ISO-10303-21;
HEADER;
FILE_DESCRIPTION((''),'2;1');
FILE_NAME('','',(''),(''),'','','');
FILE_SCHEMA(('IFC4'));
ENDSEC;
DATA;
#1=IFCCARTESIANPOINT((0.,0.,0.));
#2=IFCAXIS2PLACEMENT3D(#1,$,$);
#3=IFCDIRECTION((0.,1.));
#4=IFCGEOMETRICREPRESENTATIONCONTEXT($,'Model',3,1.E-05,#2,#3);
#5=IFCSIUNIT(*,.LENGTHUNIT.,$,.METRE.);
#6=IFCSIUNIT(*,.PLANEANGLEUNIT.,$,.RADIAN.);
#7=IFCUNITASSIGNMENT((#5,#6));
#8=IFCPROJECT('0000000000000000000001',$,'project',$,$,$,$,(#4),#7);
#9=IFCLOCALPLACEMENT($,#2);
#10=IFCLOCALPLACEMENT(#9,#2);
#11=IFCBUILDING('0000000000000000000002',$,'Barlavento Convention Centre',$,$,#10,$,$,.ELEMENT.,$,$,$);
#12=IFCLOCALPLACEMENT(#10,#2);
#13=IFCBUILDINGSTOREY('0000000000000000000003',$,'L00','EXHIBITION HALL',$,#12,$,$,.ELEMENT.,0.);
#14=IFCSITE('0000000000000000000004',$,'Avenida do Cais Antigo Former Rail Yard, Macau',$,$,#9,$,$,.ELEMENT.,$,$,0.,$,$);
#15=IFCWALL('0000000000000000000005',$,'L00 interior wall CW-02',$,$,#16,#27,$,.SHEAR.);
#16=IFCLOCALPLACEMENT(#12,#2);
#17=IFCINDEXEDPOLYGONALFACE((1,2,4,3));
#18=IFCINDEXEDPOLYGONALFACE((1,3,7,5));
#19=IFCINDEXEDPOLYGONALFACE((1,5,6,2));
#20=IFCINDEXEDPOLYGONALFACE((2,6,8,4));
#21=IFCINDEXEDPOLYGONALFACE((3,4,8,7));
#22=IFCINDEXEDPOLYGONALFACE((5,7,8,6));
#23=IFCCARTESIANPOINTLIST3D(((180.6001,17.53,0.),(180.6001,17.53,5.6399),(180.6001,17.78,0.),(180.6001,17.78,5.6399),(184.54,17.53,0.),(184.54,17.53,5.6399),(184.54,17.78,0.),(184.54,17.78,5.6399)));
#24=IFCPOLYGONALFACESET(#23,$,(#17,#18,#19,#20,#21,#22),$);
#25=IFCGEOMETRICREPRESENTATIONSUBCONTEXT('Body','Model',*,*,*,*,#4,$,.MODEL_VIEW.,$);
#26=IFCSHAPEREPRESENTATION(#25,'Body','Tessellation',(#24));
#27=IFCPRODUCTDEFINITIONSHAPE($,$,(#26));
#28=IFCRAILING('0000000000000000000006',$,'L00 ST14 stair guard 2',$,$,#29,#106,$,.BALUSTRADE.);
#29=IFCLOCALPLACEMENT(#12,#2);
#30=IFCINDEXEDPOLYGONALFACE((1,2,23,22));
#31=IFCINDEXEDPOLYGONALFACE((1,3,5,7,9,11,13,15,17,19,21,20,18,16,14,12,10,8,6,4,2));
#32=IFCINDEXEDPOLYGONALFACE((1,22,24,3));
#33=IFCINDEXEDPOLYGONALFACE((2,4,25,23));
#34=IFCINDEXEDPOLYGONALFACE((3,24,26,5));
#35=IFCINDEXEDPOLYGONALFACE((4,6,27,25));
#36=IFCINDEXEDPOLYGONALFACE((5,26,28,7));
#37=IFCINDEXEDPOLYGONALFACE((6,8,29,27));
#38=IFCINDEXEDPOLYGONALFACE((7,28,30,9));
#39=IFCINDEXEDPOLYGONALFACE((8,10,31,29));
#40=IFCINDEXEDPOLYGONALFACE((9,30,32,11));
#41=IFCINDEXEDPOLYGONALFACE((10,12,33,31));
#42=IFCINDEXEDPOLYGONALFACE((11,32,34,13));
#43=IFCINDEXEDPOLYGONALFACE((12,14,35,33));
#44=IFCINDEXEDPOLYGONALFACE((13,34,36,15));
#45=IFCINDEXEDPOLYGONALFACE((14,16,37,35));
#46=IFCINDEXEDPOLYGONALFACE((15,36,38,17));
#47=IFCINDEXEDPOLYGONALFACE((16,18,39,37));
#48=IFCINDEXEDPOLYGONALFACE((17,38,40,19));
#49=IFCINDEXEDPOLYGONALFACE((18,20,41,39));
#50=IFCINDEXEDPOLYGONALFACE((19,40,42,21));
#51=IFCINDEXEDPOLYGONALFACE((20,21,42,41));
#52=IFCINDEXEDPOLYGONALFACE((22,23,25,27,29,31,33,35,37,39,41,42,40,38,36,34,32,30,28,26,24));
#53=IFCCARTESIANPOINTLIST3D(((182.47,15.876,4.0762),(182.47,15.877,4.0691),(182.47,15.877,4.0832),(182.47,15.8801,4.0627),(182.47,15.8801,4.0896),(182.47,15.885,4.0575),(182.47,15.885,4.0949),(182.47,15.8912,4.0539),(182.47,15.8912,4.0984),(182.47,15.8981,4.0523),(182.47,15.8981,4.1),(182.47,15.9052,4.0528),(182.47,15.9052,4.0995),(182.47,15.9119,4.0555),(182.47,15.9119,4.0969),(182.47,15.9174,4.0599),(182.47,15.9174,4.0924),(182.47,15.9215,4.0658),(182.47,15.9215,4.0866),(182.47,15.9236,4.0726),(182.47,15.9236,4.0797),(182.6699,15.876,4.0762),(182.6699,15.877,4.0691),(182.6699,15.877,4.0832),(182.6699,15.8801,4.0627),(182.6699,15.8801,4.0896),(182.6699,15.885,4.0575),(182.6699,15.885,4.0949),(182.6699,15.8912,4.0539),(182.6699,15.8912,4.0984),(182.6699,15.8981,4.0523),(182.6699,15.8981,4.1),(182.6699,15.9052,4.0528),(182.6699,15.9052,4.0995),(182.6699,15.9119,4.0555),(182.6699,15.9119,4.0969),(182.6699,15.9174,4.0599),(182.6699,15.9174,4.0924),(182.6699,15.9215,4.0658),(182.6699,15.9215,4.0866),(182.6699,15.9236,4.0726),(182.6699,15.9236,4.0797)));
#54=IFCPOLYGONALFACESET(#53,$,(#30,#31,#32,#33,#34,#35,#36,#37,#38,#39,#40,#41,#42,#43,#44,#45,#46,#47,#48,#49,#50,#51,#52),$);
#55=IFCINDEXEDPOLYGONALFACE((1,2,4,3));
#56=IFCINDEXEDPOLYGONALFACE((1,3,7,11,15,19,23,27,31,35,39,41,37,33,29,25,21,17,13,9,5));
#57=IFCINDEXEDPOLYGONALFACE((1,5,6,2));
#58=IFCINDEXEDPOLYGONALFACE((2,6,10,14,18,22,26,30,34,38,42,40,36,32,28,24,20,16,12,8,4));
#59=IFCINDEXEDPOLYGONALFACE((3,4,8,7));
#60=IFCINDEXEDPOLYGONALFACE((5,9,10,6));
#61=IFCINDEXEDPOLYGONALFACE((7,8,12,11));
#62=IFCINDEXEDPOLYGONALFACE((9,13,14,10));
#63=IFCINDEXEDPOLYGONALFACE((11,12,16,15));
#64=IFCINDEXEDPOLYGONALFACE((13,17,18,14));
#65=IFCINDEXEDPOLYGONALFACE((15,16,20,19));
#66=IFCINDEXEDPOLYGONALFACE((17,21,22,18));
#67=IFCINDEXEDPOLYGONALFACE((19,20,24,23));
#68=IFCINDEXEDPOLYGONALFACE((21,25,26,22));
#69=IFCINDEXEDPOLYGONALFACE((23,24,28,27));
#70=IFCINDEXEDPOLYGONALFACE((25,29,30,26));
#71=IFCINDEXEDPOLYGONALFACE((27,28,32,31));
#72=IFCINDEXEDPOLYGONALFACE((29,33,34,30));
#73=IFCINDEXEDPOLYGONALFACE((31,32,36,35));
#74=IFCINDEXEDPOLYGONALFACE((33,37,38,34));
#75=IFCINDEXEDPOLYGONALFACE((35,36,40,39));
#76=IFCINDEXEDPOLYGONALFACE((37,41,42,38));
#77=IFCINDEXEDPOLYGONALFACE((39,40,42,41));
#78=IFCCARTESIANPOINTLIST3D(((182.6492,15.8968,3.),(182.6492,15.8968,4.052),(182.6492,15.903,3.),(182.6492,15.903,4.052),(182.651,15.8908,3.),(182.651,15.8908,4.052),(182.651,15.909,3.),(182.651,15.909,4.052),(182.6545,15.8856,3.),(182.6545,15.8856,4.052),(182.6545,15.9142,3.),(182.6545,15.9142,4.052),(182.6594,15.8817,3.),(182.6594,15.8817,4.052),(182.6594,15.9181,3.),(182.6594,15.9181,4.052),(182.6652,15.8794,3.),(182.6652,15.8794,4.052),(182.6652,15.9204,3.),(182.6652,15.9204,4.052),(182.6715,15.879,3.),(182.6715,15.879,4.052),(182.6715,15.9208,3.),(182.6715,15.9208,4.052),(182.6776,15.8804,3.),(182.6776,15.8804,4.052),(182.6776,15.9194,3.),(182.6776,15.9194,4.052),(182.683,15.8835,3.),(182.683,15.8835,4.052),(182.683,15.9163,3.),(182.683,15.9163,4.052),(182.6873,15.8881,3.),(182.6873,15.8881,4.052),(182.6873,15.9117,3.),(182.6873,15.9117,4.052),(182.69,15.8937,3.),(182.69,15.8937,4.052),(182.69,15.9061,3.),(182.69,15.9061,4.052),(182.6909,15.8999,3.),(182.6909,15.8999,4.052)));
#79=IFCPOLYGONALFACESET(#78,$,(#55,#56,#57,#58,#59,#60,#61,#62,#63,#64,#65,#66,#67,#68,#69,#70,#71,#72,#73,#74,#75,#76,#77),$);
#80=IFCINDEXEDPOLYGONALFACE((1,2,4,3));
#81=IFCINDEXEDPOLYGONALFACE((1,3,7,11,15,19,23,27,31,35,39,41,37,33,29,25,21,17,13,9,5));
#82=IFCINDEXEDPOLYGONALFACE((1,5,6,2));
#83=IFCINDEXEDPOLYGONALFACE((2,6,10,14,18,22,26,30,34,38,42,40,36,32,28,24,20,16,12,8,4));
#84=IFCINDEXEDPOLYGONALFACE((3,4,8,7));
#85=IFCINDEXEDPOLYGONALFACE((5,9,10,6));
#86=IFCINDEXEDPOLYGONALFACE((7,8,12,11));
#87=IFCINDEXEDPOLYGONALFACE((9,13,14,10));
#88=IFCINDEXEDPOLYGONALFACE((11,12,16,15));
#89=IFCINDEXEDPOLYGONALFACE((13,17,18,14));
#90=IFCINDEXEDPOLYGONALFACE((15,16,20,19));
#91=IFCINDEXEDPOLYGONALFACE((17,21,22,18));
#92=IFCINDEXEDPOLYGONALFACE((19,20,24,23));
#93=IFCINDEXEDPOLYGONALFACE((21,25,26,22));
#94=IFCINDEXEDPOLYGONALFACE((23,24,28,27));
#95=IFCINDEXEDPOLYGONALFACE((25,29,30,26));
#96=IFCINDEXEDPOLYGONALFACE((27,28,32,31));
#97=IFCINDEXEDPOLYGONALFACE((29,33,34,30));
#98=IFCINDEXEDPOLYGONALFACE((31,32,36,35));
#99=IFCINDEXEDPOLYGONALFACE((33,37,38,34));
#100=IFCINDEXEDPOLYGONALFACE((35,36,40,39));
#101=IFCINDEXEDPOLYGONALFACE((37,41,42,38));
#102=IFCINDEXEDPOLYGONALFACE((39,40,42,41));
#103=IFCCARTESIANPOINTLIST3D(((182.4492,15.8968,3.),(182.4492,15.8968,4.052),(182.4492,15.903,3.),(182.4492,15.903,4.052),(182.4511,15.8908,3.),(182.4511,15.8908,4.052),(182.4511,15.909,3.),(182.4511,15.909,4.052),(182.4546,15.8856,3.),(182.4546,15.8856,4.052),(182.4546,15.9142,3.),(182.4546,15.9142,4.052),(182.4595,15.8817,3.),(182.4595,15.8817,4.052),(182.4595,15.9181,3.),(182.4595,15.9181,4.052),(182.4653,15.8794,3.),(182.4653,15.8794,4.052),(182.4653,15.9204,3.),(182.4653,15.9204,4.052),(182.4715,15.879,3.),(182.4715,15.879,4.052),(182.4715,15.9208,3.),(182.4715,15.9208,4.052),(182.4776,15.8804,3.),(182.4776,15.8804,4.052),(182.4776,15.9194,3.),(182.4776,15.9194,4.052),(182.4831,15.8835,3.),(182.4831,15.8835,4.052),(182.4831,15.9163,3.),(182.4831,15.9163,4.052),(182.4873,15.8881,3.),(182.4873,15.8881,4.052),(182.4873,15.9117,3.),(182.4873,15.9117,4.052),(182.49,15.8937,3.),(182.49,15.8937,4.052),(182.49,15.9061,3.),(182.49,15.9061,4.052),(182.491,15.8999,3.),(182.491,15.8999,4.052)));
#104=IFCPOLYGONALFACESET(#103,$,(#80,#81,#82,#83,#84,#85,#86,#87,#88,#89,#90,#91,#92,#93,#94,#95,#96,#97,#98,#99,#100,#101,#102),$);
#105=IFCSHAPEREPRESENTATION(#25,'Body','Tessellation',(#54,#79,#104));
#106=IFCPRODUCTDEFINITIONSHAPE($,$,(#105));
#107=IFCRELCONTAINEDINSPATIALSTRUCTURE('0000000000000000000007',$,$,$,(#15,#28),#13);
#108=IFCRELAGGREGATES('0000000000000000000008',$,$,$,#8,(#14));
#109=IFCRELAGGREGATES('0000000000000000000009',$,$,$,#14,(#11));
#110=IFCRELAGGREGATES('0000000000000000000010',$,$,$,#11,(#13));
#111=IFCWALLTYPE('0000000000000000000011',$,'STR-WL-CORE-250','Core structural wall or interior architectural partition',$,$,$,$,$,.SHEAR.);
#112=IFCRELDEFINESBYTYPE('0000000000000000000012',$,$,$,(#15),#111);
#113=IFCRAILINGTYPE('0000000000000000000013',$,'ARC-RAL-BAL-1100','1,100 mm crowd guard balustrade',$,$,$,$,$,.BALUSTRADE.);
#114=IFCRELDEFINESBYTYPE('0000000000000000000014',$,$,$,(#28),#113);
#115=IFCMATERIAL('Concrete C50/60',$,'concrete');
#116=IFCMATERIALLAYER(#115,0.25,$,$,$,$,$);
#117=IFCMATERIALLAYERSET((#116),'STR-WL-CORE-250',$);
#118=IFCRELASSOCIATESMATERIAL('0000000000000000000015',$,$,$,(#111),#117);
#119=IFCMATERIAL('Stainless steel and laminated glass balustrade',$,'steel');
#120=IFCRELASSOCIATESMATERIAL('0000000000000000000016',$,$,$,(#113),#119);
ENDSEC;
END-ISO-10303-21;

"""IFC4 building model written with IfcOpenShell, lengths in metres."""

from ifc_helpers import new_model, si_unit, direction, frame, frame_2d, origin, origin_2d, place, context, subcontext, project, spatial, rectangle, circle, extrude, material, layer, layer_set, type_object, element, save


model = new_model("IFC4")

# Units and contexts
model_context = context("Model", 3, precision=1e-05, world=origin(), true_north=direction((0.0, 1.0)))
body_context = subcontext(model_context, "Body", "Model", "MODEL_VIEW")
ifc_project = project(units=[si_unit("LENGTHUNIT", "METRE"), si_unit("PLANEANGLEUNIT", "RADIAN")], contexts=[model_context])

# Site, building, storey
site_placement = place(None, origin())
site = spatial("IfcSite", under=ifc_project, at=site_placement, Name="Avenida do Cais Antigo Former Rail Yard, Macau", CompositionType="ELEMENT", RefElevation=0.0)
building_placement = place(site_placement, origin())
building = spatial("IfcBuilding", under=site, at=building_placement, Name="Barlavento Convention Centre", CompositionType="ELEMENT")
storey_placement = place(building_placement, origin())
storey = spatial("IfcBuildingStorey", under=building, at=storey_placement, Name="L00", Description="EXHIBITION HALL", CompositionType="ELEMENT", Elevation=0.0)

# Shared definitions
ifc_material_1 = material(Name="Concrete C50/60", Category="concrete")

# Wall
ifc_layer_1 = layer(ifc_material_1, 0.25)
ifc_layer_set_1 = layer_set([ifc_layer_1], Name="STR-WL-CORE-250")
wall_type_1 = type_object("IfcWallType", Name="STR-WL-CORE-250", Description="Core structural wall or interior architectural partition", PredefinedType="SHEAR", material=ifc_layer_set_1)
wall_1_placement = place(storey_placement, frame((180.6001, 17.655, 0.0), z_axis=(0.0, 0.0, 1.0), x_axis=(1.0, 0.0, 0.0)))
element("IfcWall", 1, at=wall_1_placement, inside=storey, type_object=wall_type_1, Name="L00 interior wall CW-02", PredefinedType="SHEAR", context=body_context, shape_type="SweptSolid", body=[
    extrude(rectangle(XDim=3.9399, YDim=0.25, at=frame_2d((1.97, 0.0))), origin(), (0.0, 0.0, 1.0), 5.6399),
])

# Railing
ifc_material_2 = material(Name="Stainless steel and laminated glass balustrade", Category="steel")
railing_type = type_object("IfcRailingType", Name="ARC-RAL-BAL-1100", Description="1,100 mm crowd guard balustrade", PredefinedType="BALUSTRADE", material=ifc_material_2)
railing_1_placement = place(storey_placement, frame((182.6699, 15.8999, 3.0)))
element("IfcRailing", 2, at=railing_1_placement, inside=storey, type_object=railing_type, Name="L00 ST14 stair guard 2", PredefinedType="BALUSTRADE", context=body_context, shape_type="SweptSolid", body=[
    extrude(circle(Radius=0.0239, at=origin_2d()), frame((0.0, 0.0, 1.0762), z_axis=(-1.0, 0.0, 0.0), x_axis=(0.0, -1.0, 0.0)), (0.0, 0.0, 1.0), 0.2),
    extrude(circle(Radius=0.021, at=origin_2d()), origin(), (0.0, 0.0, 1.0), 1.052),
    extrude(circle(Radius=0.021, at=origin_2d()), frame((-0.2, 0.0, 0.0)), (0.0, 0.0, 1.0), 1.052),
])

save(model, "model.ifc")
